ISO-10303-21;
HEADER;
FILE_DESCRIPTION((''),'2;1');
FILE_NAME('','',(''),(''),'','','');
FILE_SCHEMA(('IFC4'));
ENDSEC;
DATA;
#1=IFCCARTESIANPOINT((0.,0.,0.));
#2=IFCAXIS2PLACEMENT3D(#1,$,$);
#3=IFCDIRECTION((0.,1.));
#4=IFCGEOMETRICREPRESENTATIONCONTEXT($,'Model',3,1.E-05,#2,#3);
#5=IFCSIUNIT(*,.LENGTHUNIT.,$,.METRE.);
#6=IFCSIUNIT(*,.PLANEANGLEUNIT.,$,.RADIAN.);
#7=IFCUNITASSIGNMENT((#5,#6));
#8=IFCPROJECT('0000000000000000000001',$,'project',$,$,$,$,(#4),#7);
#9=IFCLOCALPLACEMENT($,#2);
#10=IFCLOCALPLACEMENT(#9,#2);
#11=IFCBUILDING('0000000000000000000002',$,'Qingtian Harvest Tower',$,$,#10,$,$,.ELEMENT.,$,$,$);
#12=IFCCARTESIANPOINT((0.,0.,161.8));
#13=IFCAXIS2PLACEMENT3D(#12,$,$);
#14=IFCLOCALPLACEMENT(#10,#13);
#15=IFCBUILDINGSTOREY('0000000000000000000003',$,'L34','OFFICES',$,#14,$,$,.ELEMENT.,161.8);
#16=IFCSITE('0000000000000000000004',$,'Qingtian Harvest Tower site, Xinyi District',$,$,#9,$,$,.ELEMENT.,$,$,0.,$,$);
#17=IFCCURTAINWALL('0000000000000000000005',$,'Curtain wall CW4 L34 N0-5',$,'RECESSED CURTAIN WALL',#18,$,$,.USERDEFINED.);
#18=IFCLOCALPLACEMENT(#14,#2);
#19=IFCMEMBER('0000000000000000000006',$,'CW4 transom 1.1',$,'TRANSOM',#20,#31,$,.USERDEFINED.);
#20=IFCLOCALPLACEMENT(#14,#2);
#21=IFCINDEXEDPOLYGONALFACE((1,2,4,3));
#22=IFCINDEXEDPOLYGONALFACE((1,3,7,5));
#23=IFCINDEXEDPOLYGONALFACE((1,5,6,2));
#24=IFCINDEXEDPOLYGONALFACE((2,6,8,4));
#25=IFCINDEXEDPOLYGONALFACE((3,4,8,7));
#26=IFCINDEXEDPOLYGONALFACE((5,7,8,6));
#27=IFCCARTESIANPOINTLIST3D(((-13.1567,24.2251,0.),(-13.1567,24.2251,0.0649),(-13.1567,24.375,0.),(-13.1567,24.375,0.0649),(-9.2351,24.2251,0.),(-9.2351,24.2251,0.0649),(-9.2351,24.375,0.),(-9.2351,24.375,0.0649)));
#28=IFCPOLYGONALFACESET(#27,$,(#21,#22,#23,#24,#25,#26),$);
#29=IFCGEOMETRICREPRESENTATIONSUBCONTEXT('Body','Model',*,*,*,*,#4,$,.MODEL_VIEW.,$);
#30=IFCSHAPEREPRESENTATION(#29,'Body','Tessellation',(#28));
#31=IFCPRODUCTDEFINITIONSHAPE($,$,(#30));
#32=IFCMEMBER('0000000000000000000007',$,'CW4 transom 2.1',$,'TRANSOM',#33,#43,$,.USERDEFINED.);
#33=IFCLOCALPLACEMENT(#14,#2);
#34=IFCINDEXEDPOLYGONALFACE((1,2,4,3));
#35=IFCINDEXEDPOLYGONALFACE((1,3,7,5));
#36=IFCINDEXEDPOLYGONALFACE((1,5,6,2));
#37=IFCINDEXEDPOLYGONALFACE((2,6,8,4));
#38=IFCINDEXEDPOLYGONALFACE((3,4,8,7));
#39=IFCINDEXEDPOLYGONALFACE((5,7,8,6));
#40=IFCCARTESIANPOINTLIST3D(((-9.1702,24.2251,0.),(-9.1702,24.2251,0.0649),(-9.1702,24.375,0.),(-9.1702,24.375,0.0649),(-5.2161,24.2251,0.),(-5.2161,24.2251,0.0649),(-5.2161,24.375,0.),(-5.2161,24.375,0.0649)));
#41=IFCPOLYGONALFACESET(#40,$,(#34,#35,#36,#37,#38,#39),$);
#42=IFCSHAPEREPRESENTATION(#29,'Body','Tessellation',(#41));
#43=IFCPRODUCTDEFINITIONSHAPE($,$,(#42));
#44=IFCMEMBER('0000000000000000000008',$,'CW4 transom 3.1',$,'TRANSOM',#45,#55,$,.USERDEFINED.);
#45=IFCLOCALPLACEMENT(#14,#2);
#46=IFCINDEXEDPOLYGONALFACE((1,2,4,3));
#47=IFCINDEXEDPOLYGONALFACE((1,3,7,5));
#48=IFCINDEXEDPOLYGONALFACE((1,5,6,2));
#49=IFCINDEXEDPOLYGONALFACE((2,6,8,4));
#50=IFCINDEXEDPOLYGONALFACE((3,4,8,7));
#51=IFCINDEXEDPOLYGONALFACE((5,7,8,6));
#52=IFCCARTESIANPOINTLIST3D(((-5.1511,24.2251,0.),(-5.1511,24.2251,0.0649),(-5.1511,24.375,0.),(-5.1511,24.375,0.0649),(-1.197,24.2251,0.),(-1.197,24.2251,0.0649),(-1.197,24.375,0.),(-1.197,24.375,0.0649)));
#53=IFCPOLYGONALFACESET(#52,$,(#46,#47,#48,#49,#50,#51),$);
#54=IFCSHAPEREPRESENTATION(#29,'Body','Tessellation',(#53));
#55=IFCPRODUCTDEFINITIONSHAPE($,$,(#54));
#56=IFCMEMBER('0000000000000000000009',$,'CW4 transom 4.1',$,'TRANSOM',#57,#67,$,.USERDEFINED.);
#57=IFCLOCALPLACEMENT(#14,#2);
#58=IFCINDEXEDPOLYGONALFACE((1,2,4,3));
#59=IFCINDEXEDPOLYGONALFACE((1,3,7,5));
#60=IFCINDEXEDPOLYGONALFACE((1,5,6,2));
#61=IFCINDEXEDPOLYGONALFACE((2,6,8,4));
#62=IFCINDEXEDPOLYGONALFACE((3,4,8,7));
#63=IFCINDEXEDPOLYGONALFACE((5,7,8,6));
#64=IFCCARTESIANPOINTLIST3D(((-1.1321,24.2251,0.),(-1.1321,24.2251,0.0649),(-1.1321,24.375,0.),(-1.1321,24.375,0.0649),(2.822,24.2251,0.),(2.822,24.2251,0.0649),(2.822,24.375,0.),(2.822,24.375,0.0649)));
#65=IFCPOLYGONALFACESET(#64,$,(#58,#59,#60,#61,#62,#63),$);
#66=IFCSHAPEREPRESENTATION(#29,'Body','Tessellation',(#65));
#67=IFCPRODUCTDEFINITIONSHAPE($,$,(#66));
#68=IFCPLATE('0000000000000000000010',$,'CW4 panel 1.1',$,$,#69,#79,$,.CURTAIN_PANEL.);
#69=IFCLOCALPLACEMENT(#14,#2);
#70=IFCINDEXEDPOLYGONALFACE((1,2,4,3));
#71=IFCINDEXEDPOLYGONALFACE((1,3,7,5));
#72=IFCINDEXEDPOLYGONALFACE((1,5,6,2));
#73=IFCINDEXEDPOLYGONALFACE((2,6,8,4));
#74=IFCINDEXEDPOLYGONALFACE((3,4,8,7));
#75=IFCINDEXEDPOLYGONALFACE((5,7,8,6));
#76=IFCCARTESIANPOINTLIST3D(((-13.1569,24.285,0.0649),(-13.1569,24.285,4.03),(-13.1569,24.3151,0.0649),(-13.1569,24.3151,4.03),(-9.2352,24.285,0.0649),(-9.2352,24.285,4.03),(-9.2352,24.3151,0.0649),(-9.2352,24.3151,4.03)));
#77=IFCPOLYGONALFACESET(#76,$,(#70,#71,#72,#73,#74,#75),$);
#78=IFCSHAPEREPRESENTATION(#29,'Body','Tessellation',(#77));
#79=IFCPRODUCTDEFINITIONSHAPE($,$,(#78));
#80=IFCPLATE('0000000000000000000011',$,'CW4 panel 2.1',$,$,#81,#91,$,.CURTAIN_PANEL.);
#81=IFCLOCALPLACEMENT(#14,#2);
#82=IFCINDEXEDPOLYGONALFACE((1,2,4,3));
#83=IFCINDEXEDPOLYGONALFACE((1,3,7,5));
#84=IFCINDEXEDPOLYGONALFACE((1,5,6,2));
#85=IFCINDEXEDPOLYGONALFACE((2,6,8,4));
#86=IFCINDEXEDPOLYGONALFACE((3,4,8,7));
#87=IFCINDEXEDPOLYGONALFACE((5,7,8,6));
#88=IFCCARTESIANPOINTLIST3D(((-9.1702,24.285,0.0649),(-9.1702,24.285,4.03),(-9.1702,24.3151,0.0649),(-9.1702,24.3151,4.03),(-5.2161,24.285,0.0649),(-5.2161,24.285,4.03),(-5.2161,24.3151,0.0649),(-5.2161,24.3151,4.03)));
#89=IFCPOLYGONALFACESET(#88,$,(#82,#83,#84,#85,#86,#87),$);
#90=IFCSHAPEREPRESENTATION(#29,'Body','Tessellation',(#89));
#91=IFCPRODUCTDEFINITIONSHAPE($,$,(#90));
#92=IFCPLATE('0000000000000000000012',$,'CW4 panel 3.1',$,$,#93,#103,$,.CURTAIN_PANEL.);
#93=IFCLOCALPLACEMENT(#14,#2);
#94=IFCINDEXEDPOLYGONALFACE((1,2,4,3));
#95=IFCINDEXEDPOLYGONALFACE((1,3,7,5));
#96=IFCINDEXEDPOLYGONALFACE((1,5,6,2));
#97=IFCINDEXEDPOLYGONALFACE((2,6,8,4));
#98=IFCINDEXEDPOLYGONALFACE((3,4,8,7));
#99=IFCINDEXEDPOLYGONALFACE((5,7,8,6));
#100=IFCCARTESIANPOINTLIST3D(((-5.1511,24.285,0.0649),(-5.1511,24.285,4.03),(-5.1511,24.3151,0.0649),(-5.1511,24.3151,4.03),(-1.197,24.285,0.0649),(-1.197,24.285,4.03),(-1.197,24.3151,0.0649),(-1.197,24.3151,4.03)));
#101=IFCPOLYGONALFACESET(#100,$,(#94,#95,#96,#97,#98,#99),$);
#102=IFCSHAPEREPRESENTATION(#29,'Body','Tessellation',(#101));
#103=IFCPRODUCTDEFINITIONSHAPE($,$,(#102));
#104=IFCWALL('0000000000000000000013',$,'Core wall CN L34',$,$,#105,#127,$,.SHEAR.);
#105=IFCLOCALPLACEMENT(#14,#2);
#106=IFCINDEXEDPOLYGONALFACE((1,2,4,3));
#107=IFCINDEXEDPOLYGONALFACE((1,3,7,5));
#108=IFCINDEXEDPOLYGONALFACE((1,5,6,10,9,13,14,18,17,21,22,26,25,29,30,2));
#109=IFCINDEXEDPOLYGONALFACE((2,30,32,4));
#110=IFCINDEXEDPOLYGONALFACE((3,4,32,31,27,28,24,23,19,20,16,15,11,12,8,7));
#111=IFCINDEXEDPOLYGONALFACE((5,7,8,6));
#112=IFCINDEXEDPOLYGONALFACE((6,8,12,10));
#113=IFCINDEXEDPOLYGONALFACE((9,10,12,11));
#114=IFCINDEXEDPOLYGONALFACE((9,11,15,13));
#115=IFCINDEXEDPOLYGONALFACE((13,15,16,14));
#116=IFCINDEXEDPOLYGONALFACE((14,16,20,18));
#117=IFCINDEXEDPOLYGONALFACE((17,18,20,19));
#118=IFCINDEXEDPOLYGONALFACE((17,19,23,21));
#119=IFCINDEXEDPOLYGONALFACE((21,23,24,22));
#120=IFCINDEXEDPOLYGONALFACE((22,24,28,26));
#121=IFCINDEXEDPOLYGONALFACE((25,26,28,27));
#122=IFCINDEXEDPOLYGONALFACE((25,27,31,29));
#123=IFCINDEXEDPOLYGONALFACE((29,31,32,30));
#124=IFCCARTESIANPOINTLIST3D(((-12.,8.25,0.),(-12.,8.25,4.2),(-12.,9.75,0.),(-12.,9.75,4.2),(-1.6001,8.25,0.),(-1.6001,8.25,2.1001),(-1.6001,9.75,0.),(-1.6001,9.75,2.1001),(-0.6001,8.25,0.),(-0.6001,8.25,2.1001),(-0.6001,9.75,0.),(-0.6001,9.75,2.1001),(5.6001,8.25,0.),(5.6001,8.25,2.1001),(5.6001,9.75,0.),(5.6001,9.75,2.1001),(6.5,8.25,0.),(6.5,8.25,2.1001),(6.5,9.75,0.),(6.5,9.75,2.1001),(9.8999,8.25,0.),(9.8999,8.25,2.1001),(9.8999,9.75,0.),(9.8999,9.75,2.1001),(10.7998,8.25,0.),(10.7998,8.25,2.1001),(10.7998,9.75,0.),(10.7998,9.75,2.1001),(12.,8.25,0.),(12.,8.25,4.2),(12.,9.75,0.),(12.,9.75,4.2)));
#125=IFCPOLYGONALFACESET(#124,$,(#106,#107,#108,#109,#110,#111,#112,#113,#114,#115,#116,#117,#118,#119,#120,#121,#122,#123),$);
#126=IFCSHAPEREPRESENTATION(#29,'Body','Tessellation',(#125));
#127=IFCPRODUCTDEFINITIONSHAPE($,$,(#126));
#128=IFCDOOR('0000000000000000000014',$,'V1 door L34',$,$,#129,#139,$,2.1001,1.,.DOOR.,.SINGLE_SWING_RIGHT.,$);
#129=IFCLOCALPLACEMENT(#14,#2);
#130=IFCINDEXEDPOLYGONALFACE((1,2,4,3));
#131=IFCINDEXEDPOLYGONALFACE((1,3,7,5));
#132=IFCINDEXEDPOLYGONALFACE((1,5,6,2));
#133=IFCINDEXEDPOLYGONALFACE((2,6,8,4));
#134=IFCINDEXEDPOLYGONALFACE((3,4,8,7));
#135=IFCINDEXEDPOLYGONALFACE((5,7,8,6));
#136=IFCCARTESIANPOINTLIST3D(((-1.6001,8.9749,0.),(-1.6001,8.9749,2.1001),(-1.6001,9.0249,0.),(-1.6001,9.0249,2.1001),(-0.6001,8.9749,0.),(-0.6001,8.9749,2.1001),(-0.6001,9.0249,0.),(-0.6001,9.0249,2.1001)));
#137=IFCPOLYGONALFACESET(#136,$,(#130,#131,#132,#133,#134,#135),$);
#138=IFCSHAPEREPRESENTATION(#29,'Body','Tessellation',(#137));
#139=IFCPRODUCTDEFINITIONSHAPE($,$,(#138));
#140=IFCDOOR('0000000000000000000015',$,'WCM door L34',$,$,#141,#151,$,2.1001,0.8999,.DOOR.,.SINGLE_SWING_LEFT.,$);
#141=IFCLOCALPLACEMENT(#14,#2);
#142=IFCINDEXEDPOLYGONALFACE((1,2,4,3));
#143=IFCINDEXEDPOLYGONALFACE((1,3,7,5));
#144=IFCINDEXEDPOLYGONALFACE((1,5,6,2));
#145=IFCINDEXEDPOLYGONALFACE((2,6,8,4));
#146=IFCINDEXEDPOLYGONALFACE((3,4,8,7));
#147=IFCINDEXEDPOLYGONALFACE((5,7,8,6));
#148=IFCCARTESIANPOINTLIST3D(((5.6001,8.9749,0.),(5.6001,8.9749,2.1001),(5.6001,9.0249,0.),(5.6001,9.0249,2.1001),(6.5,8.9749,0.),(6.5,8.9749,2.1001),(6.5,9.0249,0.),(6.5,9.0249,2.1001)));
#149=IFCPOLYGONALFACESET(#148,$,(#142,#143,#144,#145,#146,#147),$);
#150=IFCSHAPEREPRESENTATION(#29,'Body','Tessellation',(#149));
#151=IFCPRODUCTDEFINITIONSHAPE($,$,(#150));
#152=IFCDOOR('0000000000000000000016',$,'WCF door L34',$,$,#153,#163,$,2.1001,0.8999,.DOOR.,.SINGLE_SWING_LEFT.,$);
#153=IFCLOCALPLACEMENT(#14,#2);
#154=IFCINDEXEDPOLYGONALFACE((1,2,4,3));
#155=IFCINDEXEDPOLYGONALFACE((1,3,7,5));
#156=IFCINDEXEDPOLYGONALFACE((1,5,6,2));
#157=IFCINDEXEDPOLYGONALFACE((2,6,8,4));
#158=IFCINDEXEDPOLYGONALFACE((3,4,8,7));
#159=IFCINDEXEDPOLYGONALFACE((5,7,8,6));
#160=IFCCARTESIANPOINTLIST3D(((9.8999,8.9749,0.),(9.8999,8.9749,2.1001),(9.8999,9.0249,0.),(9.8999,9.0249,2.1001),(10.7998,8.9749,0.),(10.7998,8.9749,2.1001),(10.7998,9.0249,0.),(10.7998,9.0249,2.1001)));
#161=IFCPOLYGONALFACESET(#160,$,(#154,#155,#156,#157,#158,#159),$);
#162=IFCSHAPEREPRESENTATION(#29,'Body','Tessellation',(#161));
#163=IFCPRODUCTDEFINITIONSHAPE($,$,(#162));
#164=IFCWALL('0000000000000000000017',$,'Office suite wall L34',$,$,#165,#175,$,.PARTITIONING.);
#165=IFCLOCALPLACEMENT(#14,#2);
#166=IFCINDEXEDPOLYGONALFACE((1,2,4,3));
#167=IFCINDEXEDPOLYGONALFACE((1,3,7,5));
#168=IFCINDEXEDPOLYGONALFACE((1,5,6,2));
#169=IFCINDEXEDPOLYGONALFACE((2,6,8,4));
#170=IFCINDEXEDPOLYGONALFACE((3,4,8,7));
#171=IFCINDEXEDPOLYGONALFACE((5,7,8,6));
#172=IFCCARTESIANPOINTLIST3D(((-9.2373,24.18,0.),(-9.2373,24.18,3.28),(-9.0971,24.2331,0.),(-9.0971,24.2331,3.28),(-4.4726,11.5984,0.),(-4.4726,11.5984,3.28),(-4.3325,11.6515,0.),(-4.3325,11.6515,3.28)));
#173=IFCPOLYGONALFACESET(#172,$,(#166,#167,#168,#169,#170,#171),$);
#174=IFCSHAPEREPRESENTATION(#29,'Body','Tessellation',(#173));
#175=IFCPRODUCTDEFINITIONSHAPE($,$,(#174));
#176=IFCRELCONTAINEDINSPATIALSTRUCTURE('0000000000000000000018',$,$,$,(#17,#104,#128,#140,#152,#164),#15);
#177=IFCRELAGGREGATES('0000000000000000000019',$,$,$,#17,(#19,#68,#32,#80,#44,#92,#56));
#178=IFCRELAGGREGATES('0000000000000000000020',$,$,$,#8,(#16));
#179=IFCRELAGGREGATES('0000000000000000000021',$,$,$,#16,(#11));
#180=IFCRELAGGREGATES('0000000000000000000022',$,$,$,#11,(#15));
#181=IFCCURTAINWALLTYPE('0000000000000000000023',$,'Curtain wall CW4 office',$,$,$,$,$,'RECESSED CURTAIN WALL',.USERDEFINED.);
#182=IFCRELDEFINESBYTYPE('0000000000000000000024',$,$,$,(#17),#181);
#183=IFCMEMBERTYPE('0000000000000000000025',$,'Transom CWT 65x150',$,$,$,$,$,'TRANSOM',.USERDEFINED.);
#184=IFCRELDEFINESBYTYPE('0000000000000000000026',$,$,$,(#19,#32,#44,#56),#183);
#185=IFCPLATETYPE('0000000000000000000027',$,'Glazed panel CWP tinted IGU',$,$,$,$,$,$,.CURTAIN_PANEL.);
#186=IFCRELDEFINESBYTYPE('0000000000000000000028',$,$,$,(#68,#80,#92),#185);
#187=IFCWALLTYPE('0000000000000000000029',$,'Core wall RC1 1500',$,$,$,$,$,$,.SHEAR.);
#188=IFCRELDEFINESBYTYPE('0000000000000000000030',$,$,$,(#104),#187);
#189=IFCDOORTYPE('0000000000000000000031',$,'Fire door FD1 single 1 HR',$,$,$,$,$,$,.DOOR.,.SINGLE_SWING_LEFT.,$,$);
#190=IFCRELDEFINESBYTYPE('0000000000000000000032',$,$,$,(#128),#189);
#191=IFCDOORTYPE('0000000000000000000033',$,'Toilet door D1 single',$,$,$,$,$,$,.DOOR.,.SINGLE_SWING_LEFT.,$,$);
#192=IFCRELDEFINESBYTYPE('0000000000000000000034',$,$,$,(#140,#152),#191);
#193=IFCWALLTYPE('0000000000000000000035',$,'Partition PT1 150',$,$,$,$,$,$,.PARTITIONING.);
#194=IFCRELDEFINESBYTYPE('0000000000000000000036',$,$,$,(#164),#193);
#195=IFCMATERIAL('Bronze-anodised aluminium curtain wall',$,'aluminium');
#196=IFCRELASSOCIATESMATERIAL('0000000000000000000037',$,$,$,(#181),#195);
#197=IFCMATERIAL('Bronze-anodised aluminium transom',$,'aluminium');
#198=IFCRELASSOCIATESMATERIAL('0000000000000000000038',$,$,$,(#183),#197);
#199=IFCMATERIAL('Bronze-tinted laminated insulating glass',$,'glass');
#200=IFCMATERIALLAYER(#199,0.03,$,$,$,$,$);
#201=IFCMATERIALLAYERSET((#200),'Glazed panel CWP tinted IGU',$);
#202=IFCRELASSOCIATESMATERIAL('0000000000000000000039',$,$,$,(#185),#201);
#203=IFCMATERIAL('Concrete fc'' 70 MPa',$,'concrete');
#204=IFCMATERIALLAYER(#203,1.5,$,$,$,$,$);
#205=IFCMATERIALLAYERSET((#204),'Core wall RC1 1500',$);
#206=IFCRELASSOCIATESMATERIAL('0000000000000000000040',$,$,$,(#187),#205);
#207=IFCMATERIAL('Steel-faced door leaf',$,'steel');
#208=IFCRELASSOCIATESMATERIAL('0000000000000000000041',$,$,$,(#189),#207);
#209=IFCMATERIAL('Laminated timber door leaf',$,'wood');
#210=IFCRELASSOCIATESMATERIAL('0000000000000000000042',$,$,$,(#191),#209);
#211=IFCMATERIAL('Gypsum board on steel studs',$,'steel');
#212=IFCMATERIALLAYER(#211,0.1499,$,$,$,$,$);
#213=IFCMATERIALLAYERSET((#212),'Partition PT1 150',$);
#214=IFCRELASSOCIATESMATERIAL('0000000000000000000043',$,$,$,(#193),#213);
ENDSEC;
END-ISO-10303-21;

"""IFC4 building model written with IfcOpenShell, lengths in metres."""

from ifc_helpers import new_model, si_unit, direction, frame, frame_2d, origin, origin_2d, place, context, subcontext, project, spatial, rectangle, extrude, material, layer, layer_set, material_profile, profile_set, type_object, element, fill, aggregate, save


model = new_model("IFC4")

# Units and contexts
model_context = context("Model", 3, precision=1e-05, world=origin(), true_north=direction((0.0, 1.0)))
body_context = subcontext(model_context, "Body", "Model", "MODEL_VIEW")
ifc_project = project(units=[si_unit("LENGTHUNIT", "METRE"), si_unit("PLANEANGLEUNIT", "RADIAN")], contexts=[model_context])

# Site, building, storey
site_placement = place(None, origin())
site = spatial("IfcSite", under=ifc_project, at=site_placement, Name="Qingtian Harvest Tower site, Xinyi District", CompositionType="ELEMENT", RefElevation=0.0)
building_placement = place(site_placement, origin())
building = spatial("IfcBuilding", under=site, at=building_placement, Name="Qingtian Harvest Tower", CompositionType="ELEMENT")
storey_placement = place(building_placement, frame((0.0, 0.0, 161.8)))
storey = spatial("IfcBuildingStorey", under=building, at=storey_placement, Name="L34", Description="OFFICES", CompositionType="ELEMENT", Elevation=161.8)

# Curtain wall
ifc_material_1 = material(Name="Bronze-anodised aluminium curtain wall", Category="aluminium")
curtain_wall_type = type_object("IfcCurtainWallType", Name="Curtain wall CW4 office", ElementType="RECESSED CURTAIN WALL", PredefinedType="USERDEFINED", material=ifc_material_1)
curtain_wall_1_placement = place(storey_placement, origin())
curtain_wall_1 = element("IfcCurtainWall", 1, at=curtain_wall_1_placement, inside=storey, type_object=curtain_wall_type, Name="Curtain wall CW4 L34 N0-5", ObjectType="RECESSED CURTAIN WALL", PredefinedType="USERDEFINED")

# Members
ifc_material_2 = material(Name="Bronze-anodised aluminium transom", Category="aluminium")
ifc_material_profile_1 = material_profile(ifc_material_2, rectangle(XDim=0.1499, YDim=0.0649, at=origin_2d()), Name="AL 65x150")
ifc_profile_set_1 = profile_set([ifc_material_profile_1], Name="Bronze-anodised aluminium transom")
member_type_1 = type_object("IfcMemberType", Name="Transom CWT 65x150", ElementType="TRANSOM", PredefinedType="USERDEFINED", material=ifc_profile_set_1)
member_1_placement = place(storey_placement, frame((-13.1567, 24.3, 0.0325), z_axis=(1.0, 0.0, 0.0), x_axis=(0.0, 1.0, 0.0)))
member_1 = element("IfcMember", 2, at=member_1_placement, type_object=member_type_1, Name="CW4 transom 1.1", ObjectType="TRANSOM", PredefinedType="USERDEFINED", context=body_context, shape_type="SweptSolid", body=[
    extrude(rectangle(XDim=0.1499, YDim=0.0649, at=origin_2d()), origin(), (0.0, 0.0, 1.0), 3.9216),
])
member_2_placement = place(storey_placement, frame((-9.1702, 24.3, 0.0325), z_axis=(1.0, 0.0, 0.0), x_axis=(0.0, 1.0, 0.0)))
member_2 = element("IfcMember", 3, at=member_2_placement, type_object=member_type_1, Name="CW4 transom 2.1", ObjectType="TRANSOM", PredefinedType="USERDEFINED", context=body_context, shape_type="SweptSolid", body=[
    extrude(rectangle(XDim=0.1499, YDim=0.0649, at=origin_2d()), origin(), (0.0, 0.0, 1.0), 3.9541),
])
member_3_placement = place(storey_placement, frame((-5.1511, 24.3, 0.0325), z_axis=(1.0, 0.0, 0.0), x_axis=(0.0, 1.0, 0.0)))
member_3 = element("IfcMember", 4, at=member_3_placement, type_object=member_type_1, Name="CW4 transom 3.1", ObjectType="TRANSOM", PredefinedType="USERDEFINED", context=body_context, shape_type="SweptSolid", body=[
    extrude(rectangle(XDim=0.1499, YDim=0.0649, at=origin_2d()), origin(), (0.0, 0.0, 1.0), 3.9541),
])
member_4_placement = place(storey_placement, frame((-1.1321, 24.3, 0.0325), z_axis=(1.0, 0.0, 0.0), x_axis=(0.0, 1.0, 0.0)))
member_4 = element("IfcMember", 5, at=member_4_placement, type_object=member_type_1, Name="CW4 transom 4.1", ObjectType="TRANSOM", PredefinedType="USERDEFINED", context=body_context, shape_type="SweptSolid", body=[
    extrude(rectangle(XDim=0.1499, YDim=0.0649, at=origin_2d()), origin(), (0.0, 0.0, 1.0), 3.9541),
])

# Plates
ifc_material_3 = material(Name="Bronze-tinted laminated insulating glass", Category="glass")
ifc_layer_1 = layer(ifc_material_3, 0.03)
ifc_layer_set_1 = layer_set([ifc_layer_1], Name="Glazed panel CWP tinted IGU")
plate_type = type_object("IfcPlateType", Name="Glazed panel CWP tinted IGU", PredefinedType="CURTAIN_PANEL", material=ifc_layer_set_1)
plate_1_placement = place(storey_placement, frame((-11.196, 24.3, 0.0649), z_axis=(0.0, 0.0, 1.0), x_axis=(1.0, 0.0, 0.0)))
plate_1 = element("IfcPlate", 6, at=plate_1_placement, type_object=plate_type, Name="CW4 panel 1.1", PredefinedType="CURTAIN_PANEL", context=body_context, shape_type="SweptSolid", body=[
    extrude(rectangle(XDim=3.9216, YDim=0.03, at=origin_2d()), origin(), (0.0, 0.0, 1.0), 3.9651),
])
plate_2_placement = place(storey_placement, frame((-7.1931, 24.3, 0.0649), z_axis=(0.0, 0.0, 1.0), x_axis=(1.0, 0.0, 0.0)))
plate_2 = element("IfcPlate", 7, at=plate_2_placement, type_object=plate_type, Name="CW4 panel 2.1", PredefinedType="CURTAIN_PANEL", context=body_context, shape_type="SweptSolid", body=[
    extrude(rectangle(XDim=3.9541, YDim=0.03, at=origin_2d()), origin(), (0.0, 0.0, 1.0), 3.9651),
])
plate_3_placement = place(storey_placement, frame((-3.1741, 24.3, 0.0649), z_axis=(0.0, 0.0, 1.0), x_axis=(1.0, 0.0, 0.0)))
plate_3 = element("IfcPlate", 8, at=plate_3_placement, type_object=plate_type, Name="CW4 panel 3.1", PredefinedType="CURTAIN_PANEL", context=body_context, shape_type="SweptSolid", body=[
    extrude(rectangle(XDim=3.9541, YDim=0.03, at=origin_2d()), origin(), (0.0, 0.0, 1.0), 3.9651),
])
aggregate(curtain_wall_1, [member_1, plate_1, member_2, plate_2, member_3, plate_3, member_4])

# Wall, openings, doors
ifc_material_4 = material(Name="Concrete fc' 70 MPa", Category="concrete")
ifc_layer_2 = layer(ifc_material_4, 1.5)
ifc_layer_set_2 = layer_set([ifc_layer_2], Name="Core wall RC1 1500")
wall_type_1 = type_object("IfcWallType", Name="Core wall RC1 1500", PredefinedType="SHEAR", material=ifc_layer_set_2)
wall_1_placement = place(storey_placement, frame((-12.0, 9.0, 0.0), z_axis=(0.0, 0.0, 1.0), x_axis=(1.0, 0.0, 0.0)))
wall_1 = element("IfcWall", 9, at=wall_1_placement, inside=storey, type_object=wall_type_1, Name="Core wall CN L34", PredefinedType="SHEAR", context=body_context, shape_type="SweptSolid", body=[
    extrude(rectangle(XDim=24.0, YDim=1.5, at=frame_2d((12.0, 0.0))), origin(), (0.0, 0.0, 1.0), 4.2),
])
opening_1_placement = place(wall_1_placement, frame((10.3999, 0.0, 0.0)))
opening_1 = element("IfcOpeningElement", 10, at=opening_1_placement, cuts=wall_1, PredefinedType="OPENING", context=body_context, shape_type="SweptSolid", body=[
    extrude(rectangle(XDim=1.0, YDim=2.1001, at=frame_2d((0.5, 1.05))), frame((0.0, 0.76, 0.0), z_axis=(0.0, -1.0, 0.0), x_axis=(1.0, 0.0, 0.0)), (0.0, 0.0, 1.0), 1.52),
])
opening_2_placement = place(wall_1_placement, frame((17.6001, 0.0, 0.0)))
opening_2 = element("IfcOpeningElement", 11, at=opening_2_placement, cuts=wall_1, PredefinedType="OPENING", context=body_context, shape_type="SweptSolid", body=[
    extrude(rectangle(XDim=0.8999, YDim=2.1001, at=frame_2d((0.45, 1.05))), frame((0.0, 0.76, 0.0), z_axis=(0.0, -1.0, 0.0), x_axis=(1.0, 0.0, 0.0)), (0.0, 0.0, 1.0), 1.52),
])
opening_3_placement = place(wall_1_placement, frame((21.8999, 0.0, 0.0)))
opening_3 = element("IfcOpeningElement", 12, at=opening_3_placement, cuts=wall_1, PredefinedType="OPENING", context=body_context, shape_type="SweptSolid", body=[
    extrude(rectangle(XDim=0.8999, YDim=2.1001, at=frame_2d((0.45, 1.05))), frame((0.0, 0.76, 0.0), z_axis=(0.0, -1.0, 0.0), x_axis=(1.0, 0.0, 0.0)), (0.0, 0.0, 1.0), 1.52),
])
ifc_material_5 = material(Name="Steel-faced door leaf", Category="steel")
door_type_1 = type_object("IfcDoorType", Name="Fire door FD1 single 1 HR", OperationType="SINGLE_SWING_LEFT", PredefinedType="DOOR", material=ifc_material_5)
door_1_placement = place(opening_1_placement, origin())
door_1 = element("IfcDoor", 13, at=door_1_placement, inside=storey, type_object=door_type_1, Name="V1 door L34", OperationType="SINGLE_SWING_RIGHT", OverallHeight=2.1001, OverallWidth=1.0, PredefinedType="DOOR", context=body_context, shape_type="SweptSolid", body=[
    extrude(rectangle(XDim=1.0, YDim=2.1001, at=frame_2d((0.5, 1.05))), frame((0.0, 0.0249, 0.0), z_axis=(0.0, -1.0, 0.0), x_axis=(1.0, 0.0, 0.0)), (0.0, 0.0, 1.0), 0.05),
])
fill(opening_1, door_1)
ifc_material_6 = material(Name="Laminated timber door leaf", Category="wood")
door_type_2 = type_object("IfcDoorType", Name="Toilet door D1 single", OperationType="SINGLE_SWING_LEFT", PredefinedType="DOOR", material=ifc_material_6)
door_2_placement = place(opening_2_placement, origin())
door_2 = element("IfcDoor", 14, at=door_2_placement, inside=storey, type_object=door_type_2, Name="WCM door L34", OperationType="SINGLE_SWING_LEFT", OverallHeight=2.1001, OverallWidth=0.8999, PredefinedType="DOOR", context=body_context, shape_type="SweptSolid", body=[
    extrude(rectangle(XDim=0.8999, YDim=2.1001, at=frame_2d((0.45, 1.05))), frame((0.0, 0.0249, 0.0), z_axis=(0.0, -1.0, 0.0), x_axis=(1.0, 0.0, 0.0)), (0.0, 0.0, 1.0), 0.05),
])
fill(opening_2, door_2)
door_3_placement = place(opening_3_placement, origin())
door_3 = element("IfcDoor", 15, at=door_3_placement, inside=storey, type_object=door_type_2, Name="WCF door L34", OperationType="SINGLE_SWING_LEFT", OverallHeight=2.1001, OverallWidth=0.8999, PredefinedType="DOOR", context=body_context, shape_type="SweptSolid", body=[
    extrude(rectangle(XDim=0.8999, YDim=2.1001, at=frame_2d((0.45, 1.05))), frame((0.0, 0.0249, 0.0), z_axis=(0.0, -1.0, 0.0), x_axis=(1.0, 0.0, 0.0)), (0.0, 0.0, 1.0), 0.05),
])
fill(opening_3, door_3)

# Wall
ifc_material_7 = material(Name="Gypsum board on steel studs", Category="steel")
ifc_layer_3 = layer(ifc_material_7, 0.1499)
ifc_layer_set_3 = layer_set([ifc_layer_3], Name="Partition PT1 150")
wall_type_2 = type_object("IfcWallType", Name="Partition PT1 150", PredefinedType="PARTITIONING", material=ifc_layer_set_3)
wall_2_placement = place(storey_placement, frame((-9.1672, 24.2065, 0.0), z_axis=(0.0, 0.0, 1.0), x_axis=(0.354156, -0.935186, 0.0)))
element("IfcWall", 16, at=wall_2_placement, inside=storey, type_object=wall_type_2, Name="Office suite wall L34", PredefinedType="PARTITIONING", context=body_context, shape_type="SweptSolid", body=[
    extrude(rectangle(XDim=13.4536, YDim=0.1499, at=frame_2d((6.7268, 0.0))), origin(), (0.0, 0.0, 1.0), 3.28),
])

save(model, "model.ifc")
